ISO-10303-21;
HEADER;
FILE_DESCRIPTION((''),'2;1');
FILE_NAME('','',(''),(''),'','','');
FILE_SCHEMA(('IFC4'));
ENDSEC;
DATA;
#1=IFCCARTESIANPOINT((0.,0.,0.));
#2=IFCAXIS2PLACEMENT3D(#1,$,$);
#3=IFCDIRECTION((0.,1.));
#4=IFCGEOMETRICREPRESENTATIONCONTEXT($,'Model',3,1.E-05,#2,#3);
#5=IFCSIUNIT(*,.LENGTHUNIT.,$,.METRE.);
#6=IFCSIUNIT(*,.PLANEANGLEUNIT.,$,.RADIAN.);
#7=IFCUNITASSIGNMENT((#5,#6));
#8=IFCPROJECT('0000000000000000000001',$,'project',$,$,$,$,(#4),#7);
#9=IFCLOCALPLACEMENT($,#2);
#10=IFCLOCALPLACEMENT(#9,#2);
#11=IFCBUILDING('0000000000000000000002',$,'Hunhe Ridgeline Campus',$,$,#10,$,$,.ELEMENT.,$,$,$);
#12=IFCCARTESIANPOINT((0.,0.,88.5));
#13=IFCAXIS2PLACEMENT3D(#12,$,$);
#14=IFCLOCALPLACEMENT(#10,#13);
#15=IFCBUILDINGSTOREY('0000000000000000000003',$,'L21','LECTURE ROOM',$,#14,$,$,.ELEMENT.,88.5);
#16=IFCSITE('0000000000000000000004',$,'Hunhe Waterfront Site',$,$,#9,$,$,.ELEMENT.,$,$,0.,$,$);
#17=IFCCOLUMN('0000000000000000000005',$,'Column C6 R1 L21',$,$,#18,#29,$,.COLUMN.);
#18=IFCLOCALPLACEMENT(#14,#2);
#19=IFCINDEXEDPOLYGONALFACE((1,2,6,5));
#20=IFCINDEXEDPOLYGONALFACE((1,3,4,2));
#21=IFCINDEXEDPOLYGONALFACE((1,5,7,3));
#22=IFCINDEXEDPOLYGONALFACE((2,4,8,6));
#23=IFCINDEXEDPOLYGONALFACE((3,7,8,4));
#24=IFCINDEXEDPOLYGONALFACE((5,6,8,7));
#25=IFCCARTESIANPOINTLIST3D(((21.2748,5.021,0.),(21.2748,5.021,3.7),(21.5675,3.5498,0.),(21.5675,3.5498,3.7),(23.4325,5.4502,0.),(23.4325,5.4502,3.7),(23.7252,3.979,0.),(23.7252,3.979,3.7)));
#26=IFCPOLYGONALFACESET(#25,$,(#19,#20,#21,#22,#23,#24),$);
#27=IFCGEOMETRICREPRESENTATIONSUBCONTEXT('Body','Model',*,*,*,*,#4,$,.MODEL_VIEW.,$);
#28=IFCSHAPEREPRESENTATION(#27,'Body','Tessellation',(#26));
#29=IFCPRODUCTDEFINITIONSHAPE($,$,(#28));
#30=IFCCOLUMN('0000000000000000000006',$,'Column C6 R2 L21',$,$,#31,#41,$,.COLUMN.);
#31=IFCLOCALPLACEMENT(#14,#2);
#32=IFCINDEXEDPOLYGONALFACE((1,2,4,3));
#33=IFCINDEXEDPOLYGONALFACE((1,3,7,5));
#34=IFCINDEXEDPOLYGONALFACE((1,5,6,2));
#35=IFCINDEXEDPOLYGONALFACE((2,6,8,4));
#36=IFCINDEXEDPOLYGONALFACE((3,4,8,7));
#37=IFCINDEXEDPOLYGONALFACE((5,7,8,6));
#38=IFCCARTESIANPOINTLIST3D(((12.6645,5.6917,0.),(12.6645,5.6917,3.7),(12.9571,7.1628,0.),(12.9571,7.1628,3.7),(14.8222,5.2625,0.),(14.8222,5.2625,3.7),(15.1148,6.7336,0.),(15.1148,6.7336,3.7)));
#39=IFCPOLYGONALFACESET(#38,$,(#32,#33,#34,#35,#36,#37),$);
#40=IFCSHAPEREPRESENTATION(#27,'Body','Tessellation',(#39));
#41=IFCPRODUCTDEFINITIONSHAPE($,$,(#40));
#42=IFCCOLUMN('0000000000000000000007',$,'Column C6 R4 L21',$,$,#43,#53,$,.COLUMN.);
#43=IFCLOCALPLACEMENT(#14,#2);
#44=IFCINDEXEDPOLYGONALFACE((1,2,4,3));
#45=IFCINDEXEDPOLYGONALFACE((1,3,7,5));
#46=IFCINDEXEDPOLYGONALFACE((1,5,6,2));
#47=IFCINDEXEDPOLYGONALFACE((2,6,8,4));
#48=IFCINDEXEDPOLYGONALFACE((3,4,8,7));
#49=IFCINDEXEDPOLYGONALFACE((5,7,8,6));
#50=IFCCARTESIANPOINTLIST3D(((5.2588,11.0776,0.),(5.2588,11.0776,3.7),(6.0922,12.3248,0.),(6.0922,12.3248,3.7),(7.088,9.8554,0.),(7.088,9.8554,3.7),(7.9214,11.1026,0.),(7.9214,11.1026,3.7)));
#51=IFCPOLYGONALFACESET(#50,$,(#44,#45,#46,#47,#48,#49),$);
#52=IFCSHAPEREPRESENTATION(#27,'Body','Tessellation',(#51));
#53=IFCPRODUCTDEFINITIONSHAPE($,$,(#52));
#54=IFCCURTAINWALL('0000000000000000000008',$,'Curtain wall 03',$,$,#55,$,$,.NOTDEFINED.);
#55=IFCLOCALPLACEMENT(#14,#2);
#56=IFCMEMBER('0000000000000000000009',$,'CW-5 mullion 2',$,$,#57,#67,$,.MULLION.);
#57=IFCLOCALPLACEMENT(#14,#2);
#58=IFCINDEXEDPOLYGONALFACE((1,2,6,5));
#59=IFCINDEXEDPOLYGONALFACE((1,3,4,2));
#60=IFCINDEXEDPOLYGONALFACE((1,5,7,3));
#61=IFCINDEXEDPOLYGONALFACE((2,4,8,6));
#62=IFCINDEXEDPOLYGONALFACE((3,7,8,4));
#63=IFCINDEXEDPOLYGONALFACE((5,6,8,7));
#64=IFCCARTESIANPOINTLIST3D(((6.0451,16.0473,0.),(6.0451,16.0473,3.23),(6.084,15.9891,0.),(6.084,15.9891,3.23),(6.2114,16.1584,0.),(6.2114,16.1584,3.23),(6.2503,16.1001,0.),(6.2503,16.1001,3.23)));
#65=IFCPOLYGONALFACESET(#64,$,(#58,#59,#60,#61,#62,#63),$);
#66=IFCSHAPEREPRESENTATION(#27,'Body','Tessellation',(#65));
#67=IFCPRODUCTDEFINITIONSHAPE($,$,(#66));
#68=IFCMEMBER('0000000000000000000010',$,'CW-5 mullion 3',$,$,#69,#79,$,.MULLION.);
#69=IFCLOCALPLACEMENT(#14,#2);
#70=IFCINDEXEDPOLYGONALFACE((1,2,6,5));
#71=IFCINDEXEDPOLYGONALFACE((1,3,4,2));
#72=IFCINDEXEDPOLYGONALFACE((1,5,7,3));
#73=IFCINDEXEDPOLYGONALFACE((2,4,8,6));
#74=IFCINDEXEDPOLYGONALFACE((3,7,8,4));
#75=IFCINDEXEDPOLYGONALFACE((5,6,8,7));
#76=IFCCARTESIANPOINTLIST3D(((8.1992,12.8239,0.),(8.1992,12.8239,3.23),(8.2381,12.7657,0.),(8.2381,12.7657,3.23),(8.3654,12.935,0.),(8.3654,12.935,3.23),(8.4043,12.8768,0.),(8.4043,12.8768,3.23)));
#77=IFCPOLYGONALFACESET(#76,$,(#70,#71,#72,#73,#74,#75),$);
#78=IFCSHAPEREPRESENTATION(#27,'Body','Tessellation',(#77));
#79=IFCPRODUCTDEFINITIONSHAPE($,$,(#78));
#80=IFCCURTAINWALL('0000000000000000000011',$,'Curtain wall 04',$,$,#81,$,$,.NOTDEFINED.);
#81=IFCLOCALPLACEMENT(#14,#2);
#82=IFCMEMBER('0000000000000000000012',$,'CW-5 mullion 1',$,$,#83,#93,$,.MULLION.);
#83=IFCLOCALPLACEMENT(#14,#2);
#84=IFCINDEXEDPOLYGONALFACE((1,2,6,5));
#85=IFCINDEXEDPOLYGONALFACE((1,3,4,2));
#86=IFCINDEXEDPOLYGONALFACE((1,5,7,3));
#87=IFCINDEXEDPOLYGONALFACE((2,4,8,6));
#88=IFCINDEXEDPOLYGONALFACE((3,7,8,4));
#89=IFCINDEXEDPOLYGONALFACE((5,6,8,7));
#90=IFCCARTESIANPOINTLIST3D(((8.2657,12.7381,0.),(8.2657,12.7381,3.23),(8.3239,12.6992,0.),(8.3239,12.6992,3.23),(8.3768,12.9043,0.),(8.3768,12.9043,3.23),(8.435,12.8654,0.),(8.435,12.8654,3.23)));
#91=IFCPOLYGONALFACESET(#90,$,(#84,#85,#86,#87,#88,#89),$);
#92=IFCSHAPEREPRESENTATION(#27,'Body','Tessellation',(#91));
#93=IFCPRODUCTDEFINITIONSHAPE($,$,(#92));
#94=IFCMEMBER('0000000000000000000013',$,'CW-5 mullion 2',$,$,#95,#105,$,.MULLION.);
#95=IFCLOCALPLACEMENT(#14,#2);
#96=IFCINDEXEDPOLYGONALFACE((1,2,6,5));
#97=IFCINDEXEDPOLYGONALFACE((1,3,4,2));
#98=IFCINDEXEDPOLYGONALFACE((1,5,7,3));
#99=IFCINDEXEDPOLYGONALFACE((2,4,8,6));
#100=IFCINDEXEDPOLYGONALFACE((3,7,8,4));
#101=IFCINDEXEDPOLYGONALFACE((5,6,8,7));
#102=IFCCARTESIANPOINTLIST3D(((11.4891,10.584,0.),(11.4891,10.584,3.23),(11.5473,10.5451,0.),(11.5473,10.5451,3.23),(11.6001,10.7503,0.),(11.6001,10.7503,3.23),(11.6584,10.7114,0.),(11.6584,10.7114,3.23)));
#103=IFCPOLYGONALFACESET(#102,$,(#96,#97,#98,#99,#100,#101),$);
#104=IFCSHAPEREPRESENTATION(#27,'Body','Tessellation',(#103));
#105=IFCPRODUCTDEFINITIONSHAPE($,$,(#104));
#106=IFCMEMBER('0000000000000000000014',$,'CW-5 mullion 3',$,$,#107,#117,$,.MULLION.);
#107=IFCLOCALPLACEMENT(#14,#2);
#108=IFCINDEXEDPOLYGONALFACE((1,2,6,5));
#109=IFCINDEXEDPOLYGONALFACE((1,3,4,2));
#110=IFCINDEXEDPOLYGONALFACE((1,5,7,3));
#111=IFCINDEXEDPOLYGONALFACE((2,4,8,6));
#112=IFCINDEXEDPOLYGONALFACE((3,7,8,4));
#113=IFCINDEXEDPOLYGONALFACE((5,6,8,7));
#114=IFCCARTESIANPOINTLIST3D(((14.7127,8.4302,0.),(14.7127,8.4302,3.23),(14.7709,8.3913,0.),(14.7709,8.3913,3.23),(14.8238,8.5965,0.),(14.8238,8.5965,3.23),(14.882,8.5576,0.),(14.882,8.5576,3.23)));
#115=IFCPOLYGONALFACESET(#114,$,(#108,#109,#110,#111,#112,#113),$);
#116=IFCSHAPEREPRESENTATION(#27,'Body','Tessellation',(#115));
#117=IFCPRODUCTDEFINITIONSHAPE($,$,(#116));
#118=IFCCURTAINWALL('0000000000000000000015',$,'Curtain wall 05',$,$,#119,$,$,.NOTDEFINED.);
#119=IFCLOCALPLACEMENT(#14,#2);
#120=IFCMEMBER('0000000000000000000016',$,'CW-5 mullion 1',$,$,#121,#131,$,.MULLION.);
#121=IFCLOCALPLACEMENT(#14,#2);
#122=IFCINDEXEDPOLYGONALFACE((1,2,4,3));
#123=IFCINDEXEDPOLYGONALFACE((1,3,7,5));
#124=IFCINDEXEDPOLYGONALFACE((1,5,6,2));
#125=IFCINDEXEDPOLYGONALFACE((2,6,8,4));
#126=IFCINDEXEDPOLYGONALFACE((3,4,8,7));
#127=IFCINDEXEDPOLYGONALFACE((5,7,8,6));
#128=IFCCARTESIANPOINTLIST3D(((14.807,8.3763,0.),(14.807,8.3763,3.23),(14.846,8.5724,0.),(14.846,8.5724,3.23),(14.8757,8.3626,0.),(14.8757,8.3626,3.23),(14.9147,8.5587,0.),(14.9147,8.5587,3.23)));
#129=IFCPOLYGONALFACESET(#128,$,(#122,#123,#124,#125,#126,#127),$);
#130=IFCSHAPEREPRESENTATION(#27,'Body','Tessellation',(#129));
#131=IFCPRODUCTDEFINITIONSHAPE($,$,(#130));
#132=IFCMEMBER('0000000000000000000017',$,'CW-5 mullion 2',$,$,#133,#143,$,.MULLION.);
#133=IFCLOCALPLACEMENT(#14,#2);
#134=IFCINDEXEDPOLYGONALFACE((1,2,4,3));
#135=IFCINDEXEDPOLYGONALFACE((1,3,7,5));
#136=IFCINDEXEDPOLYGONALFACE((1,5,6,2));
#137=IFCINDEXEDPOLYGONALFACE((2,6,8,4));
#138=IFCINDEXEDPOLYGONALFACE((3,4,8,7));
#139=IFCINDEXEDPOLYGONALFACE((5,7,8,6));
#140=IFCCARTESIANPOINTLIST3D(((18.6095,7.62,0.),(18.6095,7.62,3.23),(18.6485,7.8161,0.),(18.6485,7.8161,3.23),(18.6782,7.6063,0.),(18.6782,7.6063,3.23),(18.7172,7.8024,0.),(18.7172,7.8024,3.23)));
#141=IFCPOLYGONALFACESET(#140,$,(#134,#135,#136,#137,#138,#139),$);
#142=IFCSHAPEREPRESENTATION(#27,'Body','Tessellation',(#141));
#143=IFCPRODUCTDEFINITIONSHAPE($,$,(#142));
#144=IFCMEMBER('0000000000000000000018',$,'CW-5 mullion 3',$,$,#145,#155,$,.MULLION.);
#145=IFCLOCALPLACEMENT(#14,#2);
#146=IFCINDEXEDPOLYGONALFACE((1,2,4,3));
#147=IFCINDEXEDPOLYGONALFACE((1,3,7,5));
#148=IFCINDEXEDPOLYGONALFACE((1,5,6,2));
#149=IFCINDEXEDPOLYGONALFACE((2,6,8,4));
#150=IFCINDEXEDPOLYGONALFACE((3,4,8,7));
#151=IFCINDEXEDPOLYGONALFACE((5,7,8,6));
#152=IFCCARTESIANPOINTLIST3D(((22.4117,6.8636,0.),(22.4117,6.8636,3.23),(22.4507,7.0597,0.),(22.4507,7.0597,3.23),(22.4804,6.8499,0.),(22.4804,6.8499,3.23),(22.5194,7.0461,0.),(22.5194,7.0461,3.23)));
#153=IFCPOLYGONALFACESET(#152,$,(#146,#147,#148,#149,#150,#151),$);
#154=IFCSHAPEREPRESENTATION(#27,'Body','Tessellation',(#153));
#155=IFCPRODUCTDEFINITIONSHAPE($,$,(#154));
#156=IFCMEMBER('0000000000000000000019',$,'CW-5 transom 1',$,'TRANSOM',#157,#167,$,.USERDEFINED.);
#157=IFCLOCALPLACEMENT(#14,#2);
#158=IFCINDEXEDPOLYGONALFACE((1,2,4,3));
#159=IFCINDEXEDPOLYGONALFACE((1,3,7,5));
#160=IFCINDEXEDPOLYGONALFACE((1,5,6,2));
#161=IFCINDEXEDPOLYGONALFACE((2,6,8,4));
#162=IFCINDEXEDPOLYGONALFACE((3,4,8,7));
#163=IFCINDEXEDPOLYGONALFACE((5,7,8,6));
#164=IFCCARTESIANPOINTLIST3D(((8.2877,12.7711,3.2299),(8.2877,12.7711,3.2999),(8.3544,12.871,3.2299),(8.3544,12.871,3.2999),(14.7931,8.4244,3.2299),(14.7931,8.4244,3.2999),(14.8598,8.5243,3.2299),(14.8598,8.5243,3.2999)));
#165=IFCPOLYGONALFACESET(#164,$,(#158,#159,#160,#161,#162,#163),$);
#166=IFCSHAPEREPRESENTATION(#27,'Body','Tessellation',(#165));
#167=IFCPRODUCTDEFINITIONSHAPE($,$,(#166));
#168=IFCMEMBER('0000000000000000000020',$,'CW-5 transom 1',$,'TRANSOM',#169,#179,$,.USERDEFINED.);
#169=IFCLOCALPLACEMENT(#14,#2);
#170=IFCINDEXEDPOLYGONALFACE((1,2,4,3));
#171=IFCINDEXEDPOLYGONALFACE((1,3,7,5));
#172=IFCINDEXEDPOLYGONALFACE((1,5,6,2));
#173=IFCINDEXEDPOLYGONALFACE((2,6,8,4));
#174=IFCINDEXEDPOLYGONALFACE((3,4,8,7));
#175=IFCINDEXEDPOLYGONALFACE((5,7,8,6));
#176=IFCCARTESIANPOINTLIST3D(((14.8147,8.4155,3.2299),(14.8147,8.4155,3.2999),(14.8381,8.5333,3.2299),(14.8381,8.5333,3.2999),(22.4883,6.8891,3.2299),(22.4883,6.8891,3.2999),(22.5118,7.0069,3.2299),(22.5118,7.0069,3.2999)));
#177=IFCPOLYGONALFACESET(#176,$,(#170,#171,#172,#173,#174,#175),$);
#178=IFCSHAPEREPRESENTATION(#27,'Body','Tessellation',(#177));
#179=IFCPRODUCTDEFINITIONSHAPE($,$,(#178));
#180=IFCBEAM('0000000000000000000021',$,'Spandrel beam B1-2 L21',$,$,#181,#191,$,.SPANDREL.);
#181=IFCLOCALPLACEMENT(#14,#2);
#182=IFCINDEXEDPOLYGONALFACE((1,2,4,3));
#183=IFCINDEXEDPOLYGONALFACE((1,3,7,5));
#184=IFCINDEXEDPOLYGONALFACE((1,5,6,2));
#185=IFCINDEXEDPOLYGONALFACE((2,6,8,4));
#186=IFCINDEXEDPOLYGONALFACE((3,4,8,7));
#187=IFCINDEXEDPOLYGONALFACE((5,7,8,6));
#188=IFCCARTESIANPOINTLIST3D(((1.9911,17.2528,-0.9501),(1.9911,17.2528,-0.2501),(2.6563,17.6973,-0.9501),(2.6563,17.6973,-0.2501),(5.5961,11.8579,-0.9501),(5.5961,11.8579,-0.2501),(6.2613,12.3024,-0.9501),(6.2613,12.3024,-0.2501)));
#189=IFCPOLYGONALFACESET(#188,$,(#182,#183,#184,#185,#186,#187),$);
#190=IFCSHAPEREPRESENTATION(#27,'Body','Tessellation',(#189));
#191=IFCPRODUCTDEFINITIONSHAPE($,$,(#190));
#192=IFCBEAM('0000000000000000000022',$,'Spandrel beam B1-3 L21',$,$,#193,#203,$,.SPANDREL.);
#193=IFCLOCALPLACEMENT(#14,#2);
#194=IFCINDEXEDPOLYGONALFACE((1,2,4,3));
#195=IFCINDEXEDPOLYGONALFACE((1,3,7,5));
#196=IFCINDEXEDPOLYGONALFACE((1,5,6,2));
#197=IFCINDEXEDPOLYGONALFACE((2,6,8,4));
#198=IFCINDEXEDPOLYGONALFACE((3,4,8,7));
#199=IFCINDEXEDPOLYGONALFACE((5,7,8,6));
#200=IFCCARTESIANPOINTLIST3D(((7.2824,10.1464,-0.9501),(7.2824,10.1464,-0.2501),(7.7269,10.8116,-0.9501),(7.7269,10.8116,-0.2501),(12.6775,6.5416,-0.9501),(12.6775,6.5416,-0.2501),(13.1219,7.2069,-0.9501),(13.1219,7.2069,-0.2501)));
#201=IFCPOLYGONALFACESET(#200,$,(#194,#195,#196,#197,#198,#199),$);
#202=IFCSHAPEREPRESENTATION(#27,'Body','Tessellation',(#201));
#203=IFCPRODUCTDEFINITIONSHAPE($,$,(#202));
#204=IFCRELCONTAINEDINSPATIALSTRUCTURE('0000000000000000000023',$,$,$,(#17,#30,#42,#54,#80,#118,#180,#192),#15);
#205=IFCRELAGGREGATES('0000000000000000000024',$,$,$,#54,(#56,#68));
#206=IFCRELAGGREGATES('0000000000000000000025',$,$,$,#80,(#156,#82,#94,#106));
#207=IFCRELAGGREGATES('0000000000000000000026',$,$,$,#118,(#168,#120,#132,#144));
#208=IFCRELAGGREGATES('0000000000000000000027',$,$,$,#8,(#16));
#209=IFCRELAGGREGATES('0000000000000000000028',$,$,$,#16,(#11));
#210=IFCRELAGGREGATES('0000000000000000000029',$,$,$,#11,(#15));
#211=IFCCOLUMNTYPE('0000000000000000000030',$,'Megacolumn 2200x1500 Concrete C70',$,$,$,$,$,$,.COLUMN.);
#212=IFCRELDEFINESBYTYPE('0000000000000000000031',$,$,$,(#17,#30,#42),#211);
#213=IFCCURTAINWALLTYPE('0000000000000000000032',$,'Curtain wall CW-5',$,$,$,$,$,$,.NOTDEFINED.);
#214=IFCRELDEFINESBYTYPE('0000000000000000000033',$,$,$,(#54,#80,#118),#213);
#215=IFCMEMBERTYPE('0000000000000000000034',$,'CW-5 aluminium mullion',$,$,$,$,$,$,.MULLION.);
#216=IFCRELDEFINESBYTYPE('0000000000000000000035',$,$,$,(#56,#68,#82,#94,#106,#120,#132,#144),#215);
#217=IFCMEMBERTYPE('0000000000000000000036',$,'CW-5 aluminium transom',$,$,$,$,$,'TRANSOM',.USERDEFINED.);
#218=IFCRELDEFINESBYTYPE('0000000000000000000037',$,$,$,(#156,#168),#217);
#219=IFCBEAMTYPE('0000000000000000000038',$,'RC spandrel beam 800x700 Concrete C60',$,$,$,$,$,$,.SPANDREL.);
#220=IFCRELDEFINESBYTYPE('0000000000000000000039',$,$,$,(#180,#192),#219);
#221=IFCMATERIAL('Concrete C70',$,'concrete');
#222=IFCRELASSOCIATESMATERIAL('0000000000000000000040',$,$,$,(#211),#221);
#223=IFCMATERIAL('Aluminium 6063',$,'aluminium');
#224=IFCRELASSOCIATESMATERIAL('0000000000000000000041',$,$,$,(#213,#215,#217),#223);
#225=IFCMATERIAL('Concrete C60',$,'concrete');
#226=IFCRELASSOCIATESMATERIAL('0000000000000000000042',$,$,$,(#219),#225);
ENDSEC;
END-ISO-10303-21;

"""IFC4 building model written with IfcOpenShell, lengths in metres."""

from ifc_helpers import new_model, si_unit, direction, frame, origin, origin_2d, place, context, subcontext, project, spatial, rectangle, extrude, material, material_profile, profile_set, type_object, element, aggregate, save


model = new_model("IFC4")

# Units and contexts
model_context = context("Model", 3, precision=1e-05, world=origin(), true_north=direction((0.0, 1.0)))
body_context = subcontext(model_context, "Body", "Model", "MODEL_VIEW")
ifc_project = project(units=[si_unit("LENGTHUNIT", "METRE"), si_unit("PLANEANGLEUNIT", "RADIAN")], contexts=[model_context])

# Site, building, storey
site_placement = place(None, origin())
site = spatial("IfcSite", under=ifc_project, at=site_placement, Name="Hunhe Waterfront Site", CompositionType="ELEMENT", RefElevation=0.0)
building_placement = place(site_placement, origin())
building = spatial("IfcBuilding", under=site, at=building_placement, Name="Hunhe Ridgeline Campus", CompositionType="ELEMENT")
storey_placement = place(building_placement, frame((0.0, 0.0, 88.5)))
storey = spatial("IfcBuildingStorey", under=building, at=storey_placement, Name="L21", Description="LECTURE ROOM", CompositionType="ELEMENT", Elevation=88.5)

# Columns
ifc_material_1 = material(Name="Concrete C70", Category="concrete")
ifc_material_profile_1 = material_profile(ifc_material_1, rectangle(XDim=2.2, YDim=1.5, at=origin_2d()))
ifc_profile_set_1 = profile_set([ifc_material_profile_1], Name="Concrete C70")
column_type = type_object("IfcColumnType", Name="Megacolumn 2200x1500 Concrete C70", PredefinedType="COLUMN", material=ifc_profile_set_1)
for number, where, z_axis, x_axis, name in (
    (1, (22.5, 4.5, 0.0), (0.0, 0.0, 1.0), (0.980785, 0.19509, 0.0), "Column C6 R1 L21"),
    (2, (13.8896, 6.2126, 0.0), (0.0, 0.0, 1.0), (-0.980785, 0.19509, 0.0), "Column C6 R2 L21"),
    (3, (6.5901, 11.0901, 0.0), (0.0, 0.0, 1.0), (-0.83147, 0.55557, 0.0), "Column C6 R4 L21"),
):
    element("IfcColumn", number, at=place(storey_placement, frame(where, z_axis=z_axis, x_axis=x_axis)), inside=storey, type_object=column_type, Name=name, PredefinedType="COLUMN", context=body_context, shape_type="SweptSolid", body=[
        extrude(rectangle(XDim=2.2, YDim=1.5, at=origin_2d()), origin(), (0.0, 0.0, 1.0), 3.7),
    ])

# Curtain walls, members
ifc_material_2 = material(Name="Aluminium 6063", Category="aluminium")
curtain_wall_type = type_object("IfcCurtainWallType", Name="Curtain wall CW-5", PredefinedType="NOTDEFINED", material=ifc_material_2)
curtain_wall_1_placement = place(storey_placement, origin())
curtain_wall_1 = element("IfcCurtainWall", 4, at=curtain_wall_1_placement, inside=storey, type_object=curtain_wall_type, Name="Curtain wall 03", PredefinedType="NOTDEFINED")
ifc_material_profile_2 = material_profile(ifc_material_2, rectangle(XDim=0.2, YDim=0.0701, at=origin_2d()))
ifc_profile_set_2 = profile_set([ifc_material_profile_2], Name="Aluminium 6063")
member_type_1 = type_object("IfcMemberType", Name="CW-5 aluminium mullion", PredefinedType="MULLION", material=ifc_profile_set_2)
member_1_placement = place(storey_placement, frame((6.1477, 16.0737, 0.0), z_axis=(0.0, 0.0, 1.0), x_axis=(0.83147, 0.55557, 0.0)))
member_1 = element("IfcMember", 5, at=member_1_placement, type_object=member_type_1, Name="CW-5 mullion 2", PredefinedType="MULLION", context=body_context, shape_type="SweptSolid", body=[
    extrude(rectangle(XDim=0.2, YDim=0.0701, at=origin_2d()), origin(), (0.0, 0.0, 1.0), 3.23),
])
member_2_placement = place(storey_placement, frame((8.3018, 12.8503, 0.0), z_axis=(0.0, 0.0, 1.0), x_axis=(0.83147, 0.55557, 0.0)))
member_2 = element("IfcMember", 6, at=member_2_placement, type_object=member_type_1, Name="CW-5 mullion 3", PredefinedType="MULLION", context=body_context, shape_type="SweptSolid", body=[
    extrude(rectangle(XDim=0.2, YDim=0.0701, at=origin_2d()), origin(), (0.0, 0.0, 1.0), 3.23),
])
curtain_wall_2_placement = place(storey_placement, origin())
curtain_wall_2 = element("IfcCurtainWall", 7, at=curtain_wall_2_placement, inside=storey, type_object=curtain_wall_type, Name="Curtain wall 04", PredefinedType="NOTDEFINED")
member_3_placement = place(storey_placement, frame((8.3503, 12.8018, 0.0), z_axis=(0.0, 0.0, 1.0), x_axis=(0.55557, 0.83147, 0.0)))
member_3 = element("IfcMember", 8, at=member_3_placement, type_object=member_type_1, Name="CW-5 mullion 1", PredefinedType="MULLION", context=body_context, shape_type="SweptSolid", body=[
    extrude(rectangle(XDim=0.2, YDim=0.0701, at=origin_2d()), origin(), (0.0, 0.0, 1.0), 3.23),
])
member_4_placement = place(storey_placement, frame((11.5737, 10.6477, 0.0), z_axis=(0.0, 0.0, 1.0), x_axis=(0.55557, 0.83147, 0.0)))
member_4 = element("IfcMember", 9, at=member_4_placement, type_object=member_type_1, Name="CW-5 mullion 2", PredefinedType="MULLION", context=body_context, shape_type="SweptSolid", body=[
    extrude(rectangle(XDim=0.2, YDim=0.0701, at=origin_2d()), origin(), (0.0, 0.0, 1.0), 3.23),
])
member_5_placement = place(storey_placement, frame((14.7974, 8.4939, 0.0), z_axis=(0.0, 0.0, 1.0), x_axis=(0.55557, 0.83147, 0.0)))
member_5 = element("IfcMember", 10, at=member_5_placement, type_object=member_type_1, Name="CW-5 mullion 3", PredefinedType="MULLION", context=body_context, shape_type="SweptSolid", body=[
    extrude(rectangle(XDim=0.2, YDim=0.0701, at=origin_2d()), origin(), (0.0, 0.0, 1.0), 3.23),
])
curtain_wall_3_placement = place(storey_placement, origin())
curtain_wall_3 = element("IfcCurtainWall", 11, at=curtain_wall_3_placement, inside=storey, type_object=curtain_wall_type, Name="Curtain wall 05", PredefinedType="NOTDEFINED")
member_6_placement = place(storey_placement, frame((14.8608, 8.4675, 0.0), z_axis=(0.0, 0.0, 1.0), x_axis=(0.19509, 0.980785, 0.0)))
member_6 = element("IfcMember", 12, at=member_6_placement, type_object=member_type_1, Name="CW-5 mullion 1", PredefinedType="MULLION", context=body_context, shape_type="SweptSolid", body=[
    extrude(rectangle(XDim=0.2, YDim=0.0701, at=origin_2d()), origin(), (0.0, 0.0, 1.0), 3.23),
])
member_7_placement = place(storey_placement, frame((18.6633, 7.7112, 0.0), z_axis=(0.0, 0.0, 1.0), x_axis=(0.19509, 0.980785, 0.0)))
member_7 = element("IfcMember", 13, at=member_7_placement, type_object=member_type_1, Name="CW-5 mullion 2", PredefinedType="MULLION", context=body_context, shape_type="SweptSolid", body=[
    extrude(rectangle(XDim=0.2, YDim=0.0701, at=origin_2d()), origin(), (0.0, 0.0, 1.0), 3.23),
])
member_8_placement = place(storey_placement, frame((22.4656, 6.9548, 0.0), z_axis=(0.0, 0.0, 1.0), x_axis=(0.19509, 0.980785, 0.0)))
member_8 = element("IfcMember", 14, at=member_8_placement, type_object=member_type_1, Name="CW-5 mullion 3", PredefinedType="MULLION", context=body_context, shape_type="SweptSolid", body=[
    extrude(rectangle(XDim=0.2, YDim=0.0701, at=origin_2d()), origin(), (0.0, 0.0, 1.0), 3.23),
])

# Members
ifc_material_profile_3 = material_profile(ifc_material_2, rectangle(XDim=0.1201, YDim=0.0701, at=origin_2d()))
ifc_profile_set_3 = profile_set([ifc_material_profile_3], Name="Aluminium 6063")
member_type_2 = type_object("IfcMemberType", Name="CW-5 aluminium transom", ElementType="TRANSOM", PredefinedType="USERDEFINED", material=ifc_profile_set_3)
member_9_placement = place(storey_placement, frame((8.321, 12.821, 3.2649), z_axis=(0.831474, -0.555564, 0.0), x_axis=(0.555564, 0.831474, 0.0)))
member_9 = element("IfcMember", 15, at=member_9_placement, type_object=member_type_2, Name="CW-5 transom 1", ObjectType="TRANSOM", PredefinedType="USERDEFINED", context=body_context, shape_type="SweptSolid", body=[
    extrude(rectangle(XDim=0.1201, YDim=0.0701, at=origin_2d()), origin(), (0.0, 0.0, 1.0), 7.824),
])
member_10_placement = place(storey_placement, frame((14.8264, 8.4744, 3.2649), z_axis=(0.980785, -0.19509, 0.0), x_axis=(0.19509, 0.980785, 0.0)))
member_10 = element("IfcMember", 16, at=member_10_placement, type_object=member_type_2, Name="CW-5 transom 1", ObjectType="TRANSOM", PredefinedType="USERDEFINED", context=body_context, shape_type="SweptSolid", body=[
    extrude(rectangle(XDim=0.1201, YDim=0.0701, at=origin_2d()), origin(), (0.0, 0.0, 1.0), 7.824),
])

# Beams
ifc_material_3 = material(Name="Concrete C60", Category="concrete")
ifc_material_profile_4 = material_profile(ifc_material_3, rectangle(XDim=0.8, YDim=0.7, at=origin_2d()))
ifc_profile_set_4 = profile_set([ifc_material_profile_4], Name="Concrete C60")
beam_type = type_object("IfcBeamType", Name="RC spandrel beam 800x700 Concrete C60", PredefinedType="SPANDREL", material=ifc_profile_set_4)
for number, where, z_axis, x_axis, name in (
    (17, (2.3237, 17.4751, -0.6001), (0.555586, -0.831459, 0.0), (0.831459, 0.555586, 0.0), "Spandrel beam B1-2 L21"),
    (18, (7.5046, 10.479, -0.6001), (0.831477, -0.55556, 0.0), (0.55556, 0.831477, 0.0), "Spandrel beam B1-3 L21"),
):
    element("IfcBeam", number, at=place(storey_placement, frame(where, z_axis=z_axis, x_axis=x_axis)), inside=storey, type_object=beam_type, Name=name, PredefinedType="SPANDREL", context=body_context, shape_type="SweptSolid", body=[
        extrude(rectangle(XDim=0.8, YDim=0.7, at=origin_2d()), origin(), (0.0, 0.0, 1.0), 6.4885),
    ])

aggregate(curtain_wall_1, [member_1, member_2])
aggregate(curtain_wall_2, [member_9, member_3, member_4, member_5])
aggregate(curtain_wall_3, [member_10, member_6, member_7, member_8])

save(model, "model.ifc")
